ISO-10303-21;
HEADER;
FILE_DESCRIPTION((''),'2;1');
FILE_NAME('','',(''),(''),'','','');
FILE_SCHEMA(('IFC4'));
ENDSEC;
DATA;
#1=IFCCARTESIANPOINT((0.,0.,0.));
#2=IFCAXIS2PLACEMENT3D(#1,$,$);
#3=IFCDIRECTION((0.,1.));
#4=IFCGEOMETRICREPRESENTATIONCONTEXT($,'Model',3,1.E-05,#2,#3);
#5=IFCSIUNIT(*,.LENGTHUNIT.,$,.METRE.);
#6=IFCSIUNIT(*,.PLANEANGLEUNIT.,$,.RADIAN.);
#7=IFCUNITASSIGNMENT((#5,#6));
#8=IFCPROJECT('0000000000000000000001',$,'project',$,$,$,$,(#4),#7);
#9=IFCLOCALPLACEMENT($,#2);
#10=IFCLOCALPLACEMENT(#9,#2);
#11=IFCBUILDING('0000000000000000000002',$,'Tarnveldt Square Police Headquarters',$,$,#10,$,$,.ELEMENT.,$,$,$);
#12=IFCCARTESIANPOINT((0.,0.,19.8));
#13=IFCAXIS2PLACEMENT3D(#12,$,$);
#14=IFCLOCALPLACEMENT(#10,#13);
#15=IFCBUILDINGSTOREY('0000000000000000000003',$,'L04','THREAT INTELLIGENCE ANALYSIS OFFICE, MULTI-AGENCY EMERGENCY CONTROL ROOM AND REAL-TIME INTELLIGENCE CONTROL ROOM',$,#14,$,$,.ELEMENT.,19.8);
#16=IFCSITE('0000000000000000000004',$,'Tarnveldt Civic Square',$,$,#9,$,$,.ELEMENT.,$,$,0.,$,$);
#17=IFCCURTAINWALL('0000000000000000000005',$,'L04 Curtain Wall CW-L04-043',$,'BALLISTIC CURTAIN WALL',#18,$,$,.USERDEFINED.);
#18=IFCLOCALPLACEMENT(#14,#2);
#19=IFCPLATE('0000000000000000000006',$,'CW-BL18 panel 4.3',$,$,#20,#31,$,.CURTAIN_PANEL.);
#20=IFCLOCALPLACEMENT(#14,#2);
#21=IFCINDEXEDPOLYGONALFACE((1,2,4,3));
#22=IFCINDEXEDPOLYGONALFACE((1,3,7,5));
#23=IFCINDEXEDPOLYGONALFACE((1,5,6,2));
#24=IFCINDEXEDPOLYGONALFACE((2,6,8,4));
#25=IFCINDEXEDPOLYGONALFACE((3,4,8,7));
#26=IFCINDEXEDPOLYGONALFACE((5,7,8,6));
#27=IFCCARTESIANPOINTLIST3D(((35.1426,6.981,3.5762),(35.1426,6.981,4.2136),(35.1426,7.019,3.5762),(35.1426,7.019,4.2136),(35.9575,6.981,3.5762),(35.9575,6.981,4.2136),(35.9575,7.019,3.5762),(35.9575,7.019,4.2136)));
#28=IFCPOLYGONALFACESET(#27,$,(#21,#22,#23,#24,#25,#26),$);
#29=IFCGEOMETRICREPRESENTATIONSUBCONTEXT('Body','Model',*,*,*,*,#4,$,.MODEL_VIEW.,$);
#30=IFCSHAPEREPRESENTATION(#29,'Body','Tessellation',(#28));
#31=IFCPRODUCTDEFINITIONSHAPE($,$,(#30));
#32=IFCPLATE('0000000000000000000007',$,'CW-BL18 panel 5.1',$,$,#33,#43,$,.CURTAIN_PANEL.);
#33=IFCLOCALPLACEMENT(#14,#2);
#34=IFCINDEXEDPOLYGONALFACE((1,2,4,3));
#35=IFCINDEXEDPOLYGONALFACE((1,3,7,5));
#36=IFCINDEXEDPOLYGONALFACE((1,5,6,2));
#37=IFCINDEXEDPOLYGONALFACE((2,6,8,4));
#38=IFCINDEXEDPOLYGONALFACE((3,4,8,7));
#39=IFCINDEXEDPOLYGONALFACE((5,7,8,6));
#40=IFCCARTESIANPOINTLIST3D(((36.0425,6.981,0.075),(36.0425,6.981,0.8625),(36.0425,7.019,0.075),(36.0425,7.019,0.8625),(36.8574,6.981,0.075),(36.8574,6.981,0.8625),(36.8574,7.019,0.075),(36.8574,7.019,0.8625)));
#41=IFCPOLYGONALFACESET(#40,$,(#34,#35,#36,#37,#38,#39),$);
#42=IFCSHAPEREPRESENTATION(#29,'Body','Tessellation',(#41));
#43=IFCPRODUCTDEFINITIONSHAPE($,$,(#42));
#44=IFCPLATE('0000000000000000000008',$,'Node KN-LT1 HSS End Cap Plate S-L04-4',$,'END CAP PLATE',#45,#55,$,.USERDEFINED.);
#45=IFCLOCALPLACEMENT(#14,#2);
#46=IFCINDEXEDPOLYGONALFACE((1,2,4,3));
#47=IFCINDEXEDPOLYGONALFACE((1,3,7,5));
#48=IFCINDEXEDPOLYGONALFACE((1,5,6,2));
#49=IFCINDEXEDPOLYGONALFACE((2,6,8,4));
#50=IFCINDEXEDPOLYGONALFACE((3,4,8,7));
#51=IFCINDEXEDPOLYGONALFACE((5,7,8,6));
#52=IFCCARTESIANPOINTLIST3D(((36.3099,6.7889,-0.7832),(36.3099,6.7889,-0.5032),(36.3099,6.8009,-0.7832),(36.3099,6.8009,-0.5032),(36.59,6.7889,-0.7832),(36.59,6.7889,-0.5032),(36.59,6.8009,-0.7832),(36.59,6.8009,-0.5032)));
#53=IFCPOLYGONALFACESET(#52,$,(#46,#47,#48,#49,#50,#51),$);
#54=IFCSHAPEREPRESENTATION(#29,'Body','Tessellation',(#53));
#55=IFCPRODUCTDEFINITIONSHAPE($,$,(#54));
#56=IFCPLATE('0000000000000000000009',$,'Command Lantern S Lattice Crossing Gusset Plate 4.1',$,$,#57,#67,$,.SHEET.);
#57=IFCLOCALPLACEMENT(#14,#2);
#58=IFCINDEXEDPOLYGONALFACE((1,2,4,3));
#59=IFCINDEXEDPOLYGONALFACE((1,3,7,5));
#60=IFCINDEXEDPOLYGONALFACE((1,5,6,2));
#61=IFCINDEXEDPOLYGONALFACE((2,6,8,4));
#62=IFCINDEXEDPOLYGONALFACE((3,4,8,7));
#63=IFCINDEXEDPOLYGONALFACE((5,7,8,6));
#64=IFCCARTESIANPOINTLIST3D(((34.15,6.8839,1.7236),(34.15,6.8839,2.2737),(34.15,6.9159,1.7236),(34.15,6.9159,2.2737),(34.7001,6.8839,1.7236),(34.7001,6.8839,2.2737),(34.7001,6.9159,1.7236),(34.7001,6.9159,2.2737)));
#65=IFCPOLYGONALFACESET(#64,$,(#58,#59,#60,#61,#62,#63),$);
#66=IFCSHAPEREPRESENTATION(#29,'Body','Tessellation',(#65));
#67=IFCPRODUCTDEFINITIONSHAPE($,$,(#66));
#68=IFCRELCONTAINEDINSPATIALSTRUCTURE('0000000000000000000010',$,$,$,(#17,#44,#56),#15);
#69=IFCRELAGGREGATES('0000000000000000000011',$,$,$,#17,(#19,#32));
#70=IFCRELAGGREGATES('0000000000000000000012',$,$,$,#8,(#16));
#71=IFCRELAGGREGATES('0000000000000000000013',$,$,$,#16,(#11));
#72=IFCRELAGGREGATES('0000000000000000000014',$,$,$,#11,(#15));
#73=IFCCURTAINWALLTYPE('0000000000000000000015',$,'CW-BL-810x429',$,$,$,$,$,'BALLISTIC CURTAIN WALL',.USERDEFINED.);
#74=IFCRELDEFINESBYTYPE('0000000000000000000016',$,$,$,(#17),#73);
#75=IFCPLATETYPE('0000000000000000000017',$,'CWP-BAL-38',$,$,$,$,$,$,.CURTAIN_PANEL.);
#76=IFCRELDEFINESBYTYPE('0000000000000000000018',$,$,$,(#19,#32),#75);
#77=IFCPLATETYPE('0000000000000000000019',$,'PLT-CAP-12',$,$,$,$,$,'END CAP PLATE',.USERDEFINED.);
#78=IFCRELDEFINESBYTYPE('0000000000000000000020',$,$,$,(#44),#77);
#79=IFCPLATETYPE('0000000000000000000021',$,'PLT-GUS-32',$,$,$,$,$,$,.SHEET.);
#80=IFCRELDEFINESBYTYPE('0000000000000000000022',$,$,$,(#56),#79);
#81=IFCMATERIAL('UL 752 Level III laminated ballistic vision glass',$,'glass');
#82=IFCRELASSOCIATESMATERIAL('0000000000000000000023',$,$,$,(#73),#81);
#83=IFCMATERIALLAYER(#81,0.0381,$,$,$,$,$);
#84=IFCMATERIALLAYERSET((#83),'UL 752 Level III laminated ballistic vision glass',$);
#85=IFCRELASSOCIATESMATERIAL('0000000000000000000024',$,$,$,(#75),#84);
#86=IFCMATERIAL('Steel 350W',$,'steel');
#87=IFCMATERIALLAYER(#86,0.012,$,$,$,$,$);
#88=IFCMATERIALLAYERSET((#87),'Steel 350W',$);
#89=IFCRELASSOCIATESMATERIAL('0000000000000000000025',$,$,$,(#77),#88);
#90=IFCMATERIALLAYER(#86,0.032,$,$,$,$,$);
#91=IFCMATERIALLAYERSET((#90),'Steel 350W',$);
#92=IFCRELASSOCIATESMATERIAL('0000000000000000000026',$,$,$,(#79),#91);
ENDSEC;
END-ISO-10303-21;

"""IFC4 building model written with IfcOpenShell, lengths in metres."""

from ifc_helpers import new_model, si_unit, direction, frame, origin, origin_2d, place, context, subcontext, project, spatial, rectangle, extrude, material, layer, layer_set, type_object, element, aggregate, save


model = new_model("IFC4")

# Units and contexts
model_context = context("Model", 3, precision=1e-05, world=origin(), true_north=direction((0.0, 1.0)))
body_context = subcontext(model_context, "Body", "Model", "MODEL_VIEW")
ifc_project = project(units=[si_unit("LENGTHUNIT", "METRE"), si_unit("PLANEANGLEUNIT", "RADIAN")], contexts=[model_context])

# Site, building, storey
site_placement = place(None, origin())
site = spatial("IfcSite", under=ifc_project, at=site_placement, Name="Tarnveldt Civic Square", CompositionType="ELEMENT", RefElevation=0.0)
building_placement = place(site_placement, origin())
building = spatial("IfcBuilding", under=site, at=building_placement, Name="Tarnveldt Square Police Headquarters", CompositionType="ELEMENT")
storey_placement = place(building_placement, frame((0.0, 0.0, 19.8)))
storey = spatial("IfcBuildingStorey", under=building, at=storey_placement, Name="L04", Description="THREAT INTELLIGENCE ANALYSIS OFFICE, MULTI-AGENCY EMERGENCY CONTROL ROOM AND REAL-TIME INTELLIGENCE CONTROL ROOM", CompositionType="ELEMENT", Elevation=19.8)

# Curtain wall
ifc_material_1 = material(Name="UL 752 Level III laminated ballistic vision glass", Category="glass")
curtain_wall_type = type_object("IfcCurtainWallType", Name="CW-BL-810x429", ElementType="BALLISTIC CURTAIN WALL", PredefinedType="USERDEFINED", material=ifc_material_1)
curtain_wall_placement = place(storey_placement, origin())
curtain_wall = element("IfcCurtainWall", 1, at=curtain_wall_placement, inside=storey, type_object=curtain_wall_type, Name="L04 Curtain Wall CW-L04-043", ObjectType="BALLISTIC CURTAIN WALL", PredefinedType="USERDEFINED")

# Shared definitions
ifc_material_2 = material(Name="Steel 350W", Category="steel")

# Plates
ifc_layer_1 = layer(ifc_material_1, 0.0381)
ifc_layer_set_1 = layer_set([ifc_layer_1], Name="UL 752 Level III laminated ballistic vision glass")
plate_type_1 = type_object("IfcPlateType", Name="CWP-BAL-38", PredefinedType="CURTAIN_PANEL", material=ifc_layer_set_1)
plate_1_placement = place(storey_placement, frame((35.55, 7.0, 3.5762), z_axis=(0.0, 0.0, 1.0), x_axis=(1.0, 0.0, 0.0)))
plate_1 = element("IfcPlate", 2, at=plate_1_placement, type_object=plate_type_1, Name="CW-BL18 panel 4.3", PredefinedType="CURTAIN_PANEL", context=body_context, shape_type="SweptSolid", body=[
    extrude(rectangle(XDim=0.8149, YDim=0.0381, at=origin_2d()), origin(), (0.0, 0.0, 1.0), 0.6375),
])
plate_2_placement = place(storey_placement, frame((36.45, 7.0, 0.075), z_axis=(0.0, 0.0, 1.0), x_axis=(1.0, 0.0, 0.0)))
plate_2 = element("IfcPlate", 3, at=plate_2_placement, type_object=plate_type_1, Name="CW-BL18 panel 5.1", PredefinedType="CURTAIN_PANEL", context=body_context, shape_type="SweptSolid", body=[
    extrude(rectangle(XDim=0.8149, YDim=0.0381, at=origin_2d()), origin(), (0.0, 0.0, 1.0), 0.7876),
])
aggregate(curtain_wall, [plate_1, plate_2])

# Plates
ifc_layer_2 = layer(ifc_material_2, 0.012)
ifc_layer_set_2 = layer_set([ifc_layer_2], Name="Steel 350W")
plate_type_2 = type_object("IfcPlateType", Name="PLT-CAP-12", ElementType="END CAP PLATE", PredefinedType="USERDEFINED", material=ifc_layer_set_2)
plate_3_placement = place(storey_placement, frame((36.45, 6.7949, -0.7832), z_axis=(0.0, 0.0, 1.0), x_axis=(1.0, 0.0, 0.0)))
element("IfcPlate", 4, at=plate_3_placement, inside=storey, type_object=plate_type_2, Name="Node KN-LT1 HSS End Cap Plate S-L04-4", ObjectType="END CAP PLATE", PredefinedType="USERDEFINED", context=body_context, shape_type="SweptSolid", body=[
    extrude(rectangle(XDim=0.28, YDim=0.012, at=origin_2d()), origin(), (0.0, 0.0, 1.0), 0.28),
])
ifc_layer_3 = layer(ifc_material_2, 0.032)
ifc_layer_set_3 = layer_set([ifc_layer_3], Name="Steel 350W")
plate_type_3 = type_object("IfcPlateType", Name="PLT-GUS-32", PredefinedType="SHEET", material=ifc_layer_set_3)
plate_4_placement = place(storey_placement, frame((34.425, 6.8999, 1.7236), z_axis=(0.0, 0.0, 1.0), x_axis=(1.0, 0.0, 0.0)))
element("IfcPlate", 5, at=plate_4_placement, inside=storey, type_object=plate_type_3, Name="Command Lantern S Lattice Crossing Gusset Plate 4.1", PredefinedType="SHEET", context=body_context, shape_type="SweptSolid", body=[
    extrude(rectangle(XDim=0.55, YDim=0.032, at=origin_2d()), origin(), (0.0, 0.0, 1.0), 0.55),
])

save(model, "model.ifc")
